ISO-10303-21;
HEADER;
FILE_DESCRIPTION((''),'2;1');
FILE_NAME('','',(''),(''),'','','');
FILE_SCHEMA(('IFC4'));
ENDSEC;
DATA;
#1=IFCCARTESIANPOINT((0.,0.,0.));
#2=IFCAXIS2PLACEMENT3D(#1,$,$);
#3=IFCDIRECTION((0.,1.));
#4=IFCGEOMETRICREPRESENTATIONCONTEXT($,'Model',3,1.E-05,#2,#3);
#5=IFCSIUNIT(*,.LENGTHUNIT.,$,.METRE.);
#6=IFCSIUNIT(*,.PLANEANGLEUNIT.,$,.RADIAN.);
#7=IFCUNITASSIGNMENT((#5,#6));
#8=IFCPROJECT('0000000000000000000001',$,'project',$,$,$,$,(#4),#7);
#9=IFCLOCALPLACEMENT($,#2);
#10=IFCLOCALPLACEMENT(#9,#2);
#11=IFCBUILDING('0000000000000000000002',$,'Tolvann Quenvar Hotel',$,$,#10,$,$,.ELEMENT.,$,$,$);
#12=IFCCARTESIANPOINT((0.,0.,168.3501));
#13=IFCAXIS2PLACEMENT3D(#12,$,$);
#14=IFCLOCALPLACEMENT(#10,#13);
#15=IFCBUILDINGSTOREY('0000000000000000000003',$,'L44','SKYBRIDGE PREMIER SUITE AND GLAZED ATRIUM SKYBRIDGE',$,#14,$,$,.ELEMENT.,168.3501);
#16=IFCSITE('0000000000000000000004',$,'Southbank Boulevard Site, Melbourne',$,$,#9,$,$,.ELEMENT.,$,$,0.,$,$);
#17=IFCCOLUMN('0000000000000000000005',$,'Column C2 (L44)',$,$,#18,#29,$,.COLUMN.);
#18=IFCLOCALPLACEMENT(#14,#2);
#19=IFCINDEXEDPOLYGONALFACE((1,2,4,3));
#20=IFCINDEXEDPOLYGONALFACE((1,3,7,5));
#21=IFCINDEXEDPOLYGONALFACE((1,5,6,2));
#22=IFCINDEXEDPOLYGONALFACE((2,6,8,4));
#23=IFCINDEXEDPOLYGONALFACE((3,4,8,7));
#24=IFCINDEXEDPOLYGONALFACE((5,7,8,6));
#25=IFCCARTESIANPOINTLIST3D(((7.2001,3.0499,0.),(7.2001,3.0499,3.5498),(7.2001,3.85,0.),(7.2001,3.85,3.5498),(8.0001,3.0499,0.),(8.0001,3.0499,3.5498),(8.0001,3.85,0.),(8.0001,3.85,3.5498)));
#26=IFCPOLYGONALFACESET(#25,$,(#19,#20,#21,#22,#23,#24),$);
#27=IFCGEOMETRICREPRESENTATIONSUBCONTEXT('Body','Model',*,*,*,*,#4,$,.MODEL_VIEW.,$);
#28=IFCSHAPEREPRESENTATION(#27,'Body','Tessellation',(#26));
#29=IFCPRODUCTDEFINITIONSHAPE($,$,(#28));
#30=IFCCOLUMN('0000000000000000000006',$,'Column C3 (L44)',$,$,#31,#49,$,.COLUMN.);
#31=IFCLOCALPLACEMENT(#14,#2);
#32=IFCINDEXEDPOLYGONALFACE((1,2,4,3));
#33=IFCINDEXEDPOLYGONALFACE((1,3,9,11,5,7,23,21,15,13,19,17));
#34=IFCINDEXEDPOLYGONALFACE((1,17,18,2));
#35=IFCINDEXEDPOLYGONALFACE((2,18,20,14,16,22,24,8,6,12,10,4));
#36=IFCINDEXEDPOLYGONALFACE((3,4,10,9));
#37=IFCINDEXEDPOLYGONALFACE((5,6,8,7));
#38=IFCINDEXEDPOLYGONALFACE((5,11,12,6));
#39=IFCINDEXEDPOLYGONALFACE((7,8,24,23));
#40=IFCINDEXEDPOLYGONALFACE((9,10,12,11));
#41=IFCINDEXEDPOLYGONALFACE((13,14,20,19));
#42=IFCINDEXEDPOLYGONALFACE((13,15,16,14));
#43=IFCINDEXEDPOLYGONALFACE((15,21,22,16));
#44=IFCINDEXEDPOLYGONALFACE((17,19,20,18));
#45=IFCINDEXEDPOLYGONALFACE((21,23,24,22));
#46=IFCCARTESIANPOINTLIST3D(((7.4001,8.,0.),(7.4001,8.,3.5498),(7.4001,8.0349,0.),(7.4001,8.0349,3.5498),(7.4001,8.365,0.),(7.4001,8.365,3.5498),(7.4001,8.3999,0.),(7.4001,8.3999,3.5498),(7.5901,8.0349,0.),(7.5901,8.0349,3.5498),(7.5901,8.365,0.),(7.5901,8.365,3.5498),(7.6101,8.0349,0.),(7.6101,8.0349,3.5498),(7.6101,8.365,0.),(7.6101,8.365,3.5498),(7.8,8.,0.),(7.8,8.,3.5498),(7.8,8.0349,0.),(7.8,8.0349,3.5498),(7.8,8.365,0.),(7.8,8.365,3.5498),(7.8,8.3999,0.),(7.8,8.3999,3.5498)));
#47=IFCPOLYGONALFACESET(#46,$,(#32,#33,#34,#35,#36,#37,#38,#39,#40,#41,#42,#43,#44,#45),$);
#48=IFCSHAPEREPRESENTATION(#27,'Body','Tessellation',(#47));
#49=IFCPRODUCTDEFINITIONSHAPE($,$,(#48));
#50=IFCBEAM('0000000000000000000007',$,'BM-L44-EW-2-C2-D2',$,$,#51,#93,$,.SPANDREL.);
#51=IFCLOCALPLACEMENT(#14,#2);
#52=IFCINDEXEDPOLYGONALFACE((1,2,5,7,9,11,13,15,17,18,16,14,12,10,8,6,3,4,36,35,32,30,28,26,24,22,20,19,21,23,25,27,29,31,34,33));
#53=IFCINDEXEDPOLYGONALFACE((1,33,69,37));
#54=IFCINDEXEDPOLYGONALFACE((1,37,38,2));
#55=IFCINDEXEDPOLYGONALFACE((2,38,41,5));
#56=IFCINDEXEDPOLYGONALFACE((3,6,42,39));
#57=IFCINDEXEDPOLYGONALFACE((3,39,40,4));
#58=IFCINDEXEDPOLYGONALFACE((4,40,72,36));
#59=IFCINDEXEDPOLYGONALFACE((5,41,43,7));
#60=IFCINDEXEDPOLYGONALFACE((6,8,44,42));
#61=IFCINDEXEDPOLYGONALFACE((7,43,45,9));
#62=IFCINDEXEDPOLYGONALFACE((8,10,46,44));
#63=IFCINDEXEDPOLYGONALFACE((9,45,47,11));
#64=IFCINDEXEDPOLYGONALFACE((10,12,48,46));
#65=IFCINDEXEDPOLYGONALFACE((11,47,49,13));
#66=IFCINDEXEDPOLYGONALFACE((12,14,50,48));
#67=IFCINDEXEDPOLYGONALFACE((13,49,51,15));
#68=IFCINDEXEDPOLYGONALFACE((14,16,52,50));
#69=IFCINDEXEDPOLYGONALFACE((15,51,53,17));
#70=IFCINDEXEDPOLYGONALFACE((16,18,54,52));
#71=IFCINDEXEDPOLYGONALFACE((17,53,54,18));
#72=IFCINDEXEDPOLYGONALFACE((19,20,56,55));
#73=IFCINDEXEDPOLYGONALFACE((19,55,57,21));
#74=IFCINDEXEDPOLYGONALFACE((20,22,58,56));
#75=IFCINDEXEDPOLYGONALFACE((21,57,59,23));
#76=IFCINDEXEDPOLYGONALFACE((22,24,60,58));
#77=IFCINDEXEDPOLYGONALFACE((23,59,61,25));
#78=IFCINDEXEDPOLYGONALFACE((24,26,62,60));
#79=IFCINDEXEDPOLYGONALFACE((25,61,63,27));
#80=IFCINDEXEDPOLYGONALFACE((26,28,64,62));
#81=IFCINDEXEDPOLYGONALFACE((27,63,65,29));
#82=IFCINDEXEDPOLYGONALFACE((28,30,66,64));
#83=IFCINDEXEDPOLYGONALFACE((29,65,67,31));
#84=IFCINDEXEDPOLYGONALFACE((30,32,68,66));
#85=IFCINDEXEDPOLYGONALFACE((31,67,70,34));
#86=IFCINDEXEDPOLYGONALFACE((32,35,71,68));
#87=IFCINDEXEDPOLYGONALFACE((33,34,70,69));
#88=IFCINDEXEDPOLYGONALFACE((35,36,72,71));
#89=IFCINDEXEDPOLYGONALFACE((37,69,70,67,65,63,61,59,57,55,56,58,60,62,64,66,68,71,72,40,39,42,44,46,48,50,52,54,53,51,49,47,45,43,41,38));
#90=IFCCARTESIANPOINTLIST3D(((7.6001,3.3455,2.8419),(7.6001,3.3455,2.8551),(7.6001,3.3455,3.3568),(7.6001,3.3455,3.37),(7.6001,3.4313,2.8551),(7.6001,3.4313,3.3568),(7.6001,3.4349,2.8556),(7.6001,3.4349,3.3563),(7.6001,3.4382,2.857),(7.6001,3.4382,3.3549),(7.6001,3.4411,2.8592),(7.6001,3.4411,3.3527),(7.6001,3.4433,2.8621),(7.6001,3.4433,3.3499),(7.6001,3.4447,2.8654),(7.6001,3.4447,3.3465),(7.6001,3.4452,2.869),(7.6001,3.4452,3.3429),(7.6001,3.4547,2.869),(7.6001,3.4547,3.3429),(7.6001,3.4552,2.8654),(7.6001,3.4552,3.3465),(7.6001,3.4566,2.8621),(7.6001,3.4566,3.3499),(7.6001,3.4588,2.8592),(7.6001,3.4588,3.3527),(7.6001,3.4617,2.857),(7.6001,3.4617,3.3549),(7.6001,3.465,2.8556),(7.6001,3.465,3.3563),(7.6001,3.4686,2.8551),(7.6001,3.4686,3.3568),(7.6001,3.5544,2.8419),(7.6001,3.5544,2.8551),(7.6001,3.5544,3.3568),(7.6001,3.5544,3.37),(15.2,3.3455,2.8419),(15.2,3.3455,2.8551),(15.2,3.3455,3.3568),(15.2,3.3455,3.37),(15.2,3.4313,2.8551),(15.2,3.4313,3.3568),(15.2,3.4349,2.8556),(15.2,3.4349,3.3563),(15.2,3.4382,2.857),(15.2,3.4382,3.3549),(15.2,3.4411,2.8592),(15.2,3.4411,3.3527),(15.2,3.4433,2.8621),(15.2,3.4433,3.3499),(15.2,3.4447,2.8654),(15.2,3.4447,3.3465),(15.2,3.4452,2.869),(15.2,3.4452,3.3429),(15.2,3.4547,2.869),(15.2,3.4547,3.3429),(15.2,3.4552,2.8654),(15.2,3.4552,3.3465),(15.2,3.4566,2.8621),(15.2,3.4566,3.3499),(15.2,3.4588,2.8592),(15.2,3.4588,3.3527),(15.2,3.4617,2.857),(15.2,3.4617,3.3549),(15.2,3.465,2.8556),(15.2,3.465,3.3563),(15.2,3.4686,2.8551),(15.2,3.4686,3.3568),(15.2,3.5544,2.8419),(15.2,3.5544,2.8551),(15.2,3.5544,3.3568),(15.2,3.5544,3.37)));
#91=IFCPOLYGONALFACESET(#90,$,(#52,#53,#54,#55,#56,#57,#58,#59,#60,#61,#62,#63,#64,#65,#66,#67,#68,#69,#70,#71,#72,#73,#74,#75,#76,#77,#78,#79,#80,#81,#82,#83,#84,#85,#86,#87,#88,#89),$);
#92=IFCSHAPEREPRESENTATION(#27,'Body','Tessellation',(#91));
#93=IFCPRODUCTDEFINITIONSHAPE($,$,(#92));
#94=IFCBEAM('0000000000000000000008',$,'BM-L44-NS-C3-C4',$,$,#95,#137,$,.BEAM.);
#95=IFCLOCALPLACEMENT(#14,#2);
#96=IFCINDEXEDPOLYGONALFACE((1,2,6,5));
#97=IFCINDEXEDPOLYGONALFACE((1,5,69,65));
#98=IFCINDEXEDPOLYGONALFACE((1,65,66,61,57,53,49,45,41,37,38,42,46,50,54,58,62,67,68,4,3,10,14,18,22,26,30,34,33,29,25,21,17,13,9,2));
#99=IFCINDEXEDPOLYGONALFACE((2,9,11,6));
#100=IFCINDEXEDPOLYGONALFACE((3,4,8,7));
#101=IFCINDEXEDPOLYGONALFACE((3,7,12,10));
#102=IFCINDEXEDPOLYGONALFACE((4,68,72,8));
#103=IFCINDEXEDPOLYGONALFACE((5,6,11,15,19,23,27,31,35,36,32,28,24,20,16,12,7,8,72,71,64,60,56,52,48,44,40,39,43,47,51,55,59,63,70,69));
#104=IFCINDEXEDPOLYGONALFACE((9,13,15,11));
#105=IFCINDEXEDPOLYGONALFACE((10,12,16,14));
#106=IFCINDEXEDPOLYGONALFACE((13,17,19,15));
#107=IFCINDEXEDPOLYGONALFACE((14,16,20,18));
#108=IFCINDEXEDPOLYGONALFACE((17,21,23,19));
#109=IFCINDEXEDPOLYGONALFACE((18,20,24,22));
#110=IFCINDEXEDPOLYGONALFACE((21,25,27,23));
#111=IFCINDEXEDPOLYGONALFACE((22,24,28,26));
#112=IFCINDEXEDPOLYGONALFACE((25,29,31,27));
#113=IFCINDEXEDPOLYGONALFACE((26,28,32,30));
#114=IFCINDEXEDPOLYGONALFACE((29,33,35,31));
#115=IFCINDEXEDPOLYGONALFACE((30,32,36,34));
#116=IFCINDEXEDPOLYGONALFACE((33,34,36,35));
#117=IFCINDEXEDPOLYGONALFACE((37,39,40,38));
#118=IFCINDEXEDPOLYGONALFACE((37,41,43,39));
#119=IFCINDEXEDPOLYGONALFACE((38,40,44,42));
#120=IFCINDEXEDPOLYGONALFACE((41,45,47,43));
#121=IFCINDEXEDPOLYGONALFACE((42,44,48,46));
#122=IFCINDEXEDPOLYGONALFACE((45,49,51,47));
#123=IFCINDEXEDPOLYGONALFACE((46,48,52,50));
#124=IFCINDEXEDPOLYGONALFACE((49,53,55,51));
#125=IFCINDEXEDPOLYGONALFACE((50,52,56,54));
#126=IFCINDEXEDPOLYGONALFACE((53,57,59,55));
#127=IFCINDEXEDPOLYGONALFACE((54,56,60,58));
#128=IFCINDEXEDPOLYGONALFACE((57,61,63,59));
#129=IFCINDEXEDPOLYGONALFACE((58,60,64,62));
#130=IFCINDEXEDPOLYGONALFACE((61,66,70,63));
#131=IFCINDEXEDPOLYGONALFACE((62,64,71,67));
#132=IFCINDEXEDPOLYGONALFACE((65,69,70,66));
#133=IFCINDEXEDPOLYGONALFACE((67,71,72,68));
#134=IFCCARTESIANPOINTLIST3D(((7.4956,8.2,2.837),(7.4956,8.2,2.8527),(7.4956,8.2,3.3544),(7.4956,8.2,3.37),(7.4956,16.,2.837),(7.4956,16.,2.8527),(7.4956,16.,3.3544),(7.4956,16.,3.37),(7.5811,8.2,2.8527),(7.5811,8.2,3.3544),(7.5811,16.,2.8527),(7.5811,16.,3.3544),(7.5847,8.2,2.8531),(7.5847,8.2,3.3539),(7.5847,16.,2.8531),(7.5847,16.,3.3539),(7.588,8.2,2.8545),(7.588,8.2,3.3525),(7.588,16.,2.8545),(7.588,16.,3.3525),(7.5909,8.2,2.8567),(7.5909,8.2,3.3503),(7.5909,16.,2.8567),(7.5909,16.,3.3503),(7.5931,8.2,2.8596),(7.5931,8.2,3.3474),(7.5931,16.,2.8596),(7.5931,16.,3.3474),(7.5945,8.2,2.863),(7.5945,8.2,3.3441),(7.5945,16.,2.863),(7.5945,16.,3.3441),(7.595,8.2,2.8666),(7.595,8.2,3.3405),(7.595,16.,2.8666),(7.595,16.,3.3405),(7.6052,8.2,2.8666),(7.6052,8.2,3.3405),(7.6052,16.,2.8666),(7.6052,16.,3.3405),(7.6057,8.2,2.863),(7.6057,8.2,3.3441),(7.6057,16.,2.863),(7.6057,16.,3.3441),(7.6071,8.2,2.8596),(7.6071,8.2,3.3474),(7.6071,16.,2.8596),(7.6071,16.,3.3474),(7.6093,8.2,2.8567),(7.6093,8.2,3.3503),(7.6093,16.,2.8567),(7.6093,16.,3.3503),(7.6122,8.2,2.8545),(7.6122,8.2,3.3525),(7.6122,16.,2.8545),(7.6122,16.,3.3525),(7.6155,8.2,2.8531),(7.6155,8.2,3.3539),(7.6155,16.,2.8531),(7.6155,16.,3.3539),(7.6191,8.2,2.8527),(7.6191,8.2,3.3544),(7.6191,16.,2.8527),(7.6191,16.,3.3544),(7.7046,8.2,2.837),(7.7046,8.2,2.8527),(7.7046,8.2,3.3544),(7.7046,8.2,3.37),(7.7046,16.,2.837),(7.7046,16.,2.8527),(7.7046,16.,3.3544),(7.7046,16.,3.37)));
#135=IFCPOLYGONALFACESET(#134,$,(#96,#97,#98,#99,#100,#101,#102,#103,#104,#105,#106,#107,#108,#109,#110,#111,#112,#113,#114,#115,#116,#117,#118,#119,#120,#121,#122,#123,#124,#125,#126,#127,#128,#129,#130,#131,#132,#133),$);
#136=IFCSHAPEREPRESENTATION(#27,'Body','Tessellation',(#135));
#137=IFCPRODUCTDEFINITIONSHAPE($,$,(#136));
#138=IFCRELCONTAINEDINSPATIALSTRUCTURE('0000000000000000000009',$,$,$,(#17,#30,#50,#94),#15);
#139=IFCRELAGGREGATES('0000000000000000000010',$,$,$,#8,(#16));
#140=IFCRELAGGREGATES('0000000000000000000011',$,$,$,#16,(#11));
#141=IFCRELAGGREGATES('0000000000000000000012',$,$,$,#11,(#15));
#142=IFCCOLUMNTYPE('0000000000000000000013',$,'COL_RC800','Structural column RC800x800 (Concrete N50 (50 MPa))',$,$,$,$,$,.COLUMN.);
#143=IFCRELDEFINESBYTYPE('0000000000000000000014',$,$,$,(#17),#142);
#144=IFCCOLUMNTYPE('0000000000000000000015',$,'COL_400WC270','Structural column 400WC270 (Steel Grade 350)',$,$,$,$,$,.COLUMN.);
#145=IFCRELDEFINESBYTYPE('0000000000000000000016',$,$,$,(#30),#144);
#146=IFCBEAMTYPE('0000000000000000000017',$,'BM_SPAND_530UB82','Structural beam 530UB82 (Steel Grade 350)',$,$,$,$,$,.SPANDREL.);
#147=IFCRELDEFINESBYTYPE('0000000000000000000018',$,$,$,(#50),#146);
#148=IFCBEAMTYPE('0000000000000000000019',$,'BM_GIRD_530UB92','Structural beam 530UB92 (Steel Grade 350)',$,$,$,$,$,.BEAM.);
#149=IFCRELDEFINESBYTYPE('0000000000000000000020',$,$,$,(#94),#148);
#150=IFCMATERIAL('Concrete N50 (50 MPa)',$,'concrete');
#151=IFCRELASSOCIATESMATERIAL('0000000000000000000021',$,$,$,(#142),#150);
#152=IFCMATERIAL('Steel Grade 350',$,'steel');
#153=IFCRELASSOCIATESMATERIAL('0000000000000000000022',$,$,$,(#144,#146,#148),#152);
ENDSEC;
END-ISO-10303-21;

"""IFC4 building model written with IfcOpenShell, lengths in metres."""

from ifc_helpers import new_model, si_unit, direction, frame, origin, origin_2d, place, context, subcontext, project, spatial, rectangle, i_section, extrude, source, transform, mapped, material, material_profile, profile_set, type_object, type_shapes, element, save


model = new_model("IFC4")

# Units and contexts
model_context = context("Model", 3, precision=1e-05, world=origin(), true_north=direction((0.0, 1.0)))
body_context = subcontext(model_context, "Body", "Model", "MODEL_VIEW")
ifc_project = project(units=[si_unit("LENGTHUNIT", "METRE"), si_unit("PLANEANGLEUNIT", "RADIAN")], contexts=[model_context])

# Site, building, storey
site_placement = place(None, origin())
site = spatial("IfcSite", under=ifc_project, at=site_placement, Name="Southbank Boulevard Site, Melbourne", CompositionType="ELEMENT", RefElevation=0.0)
building_placement = place(site_placement, origin())
building = spatial("IfcBuilding", under=site, at=building_placement, Name="Tolvann Quenvar Hotel", CompositionType="ELEMENT")
storey_placement = place(building_placement, frame((0.0, 0.0, 168.3501)))
storey = spatial("IfcBuildingStorey", under=building, at=storey_placement, Name="L44", Description="SKYBRIDGE PREMIER SUITE AND GLAZED ATRIUM SKYBRIDGE", CompositionType="ELEMENT", Elevation=168.3501)

# Columns
ifc_material_1 = material(Name="Concrete N50 (50 MPa)", Category="concrete")
ifc_material_profile_1 = material_profile(ifc_material_1, rectangle(XDim=0.8, YDim=0.8, at=origin_2d()), Name="RC800x800")
ifc_profile_set_1 = profile_set([ifc_material_profile_1], Name="Concrete N50 (50 MPa)")
column_type_1 = type_object("IfcColumnType", Name="COL_RC800", Description="Structural column RC800x800 (Concrete N50 (50 MPa))", PredefinedType="COLUMN", material=ifc_profile_set_1)
shared_shape_1 = source(origin(), body_context, "Body", "SweptSolid", [
    extrude(rectangle(XDim=0.8, YDim=0.8, at=origin_2d()), origin(), (0.0, 0.0, 1.0), 3.5498),
])
type_shapes(column_type_1, [shared_shape_1])
column_1_placement = place(storey_placement, frame((7.6001, 3.45, 0.0), z_axis=(0.0, 0.0, 1.0), x_axis=(1.0, 0.0, 0.0)))
element("IfcColumn", 1, at=column_1_placement, inside=storey, type_object=column_type_1, Name="Column C2 (L44)", PredefinedType="COLUMN", context=body_context, shape_type="MappedRepresentation", body=[
    mapped(shared_shape_1, transform((0.0, 0.0, 0.0), x_axis=(1.0, 0.0, 0.0), y_axis=(0.0, 1.0, 0.0), z_axis=(0.0, 0.0, 1.0), scale=1.0)),
])
ifc_material_2 = material(Name="Steel Grade 350", Category="steel")
ifc_material_profile_2 = material_profile(ifc_material_2, i_section(OverallWidth=0.3999, OverallDepth=0.3999, WebThickness=0.02, FlangeThickness=0.0349, at=origin_2d()), Name="400WC270")
ifc_profile_set_2 = profile_set([ifc_material_profile_2], Name="Steel Grade 350")
column_type_2 = type_object("IfcColumnType", Name="COL_400WC270", Description="Structural column 400WC270 (Steel Grade 350)", PredefinedType="COLUMN", material=ifc_profile_set_2)
shared_shape_2 = source(origin(), body_context, "Body", "SweptSolid", [
    extrude(i_section(OverallWidth=0.3999, OverallDepth=0.3999, WebThickness=0.02, FlangeThickness=0.0349, at=origin_2d()), origin(), (0.0, 0.0, 1.0), 3.5498),
])
type_shapes(column_type_2, [shared_shape_2])
column_2_placement = place(storey_placement, frame((7.6001, 8.2, 0.0), z_axis=(0.0, 0.0, 1.0), x_axis=(1.0, 0.0, 0.0)))
element("IfcColumn", 2, at=column_2_placement, inside=storey, type_object=column_type_2, Name="Column C3 (L44)", PredefinedType="COLUMN", context=body_context, shape_type="MappedRepresentation", body=[
    mapped(shared_shape_2, transform((0.0, 0.0, 0.0), x_axis=(1.0, 0.0, 0.0), y_axis=(0.0, 1.0, 0.0), z_axis=(0.0, 0.0, 1.0), scale=1.0)),
])

# Beams
ifc_material_profile_3 = material_profile(ifc_material_2, i_section(OverallWidth=0.209, OverallDepth=0.5281, WebThickness=0.0095, FlangeThickness=0.0132, FilletRadius=0.0139, at=origin_2d()), Name="530UB82")
ifc_profile_set_3 = profile_set([ifc_material_profile_3], Name="Steel Grade 350")
beam_type_1 = type_object("IfcBeamType", Name="BM_SPAND_530UB82", Description="Structural beam 530UB82 (Steel Grade 350)", PredefinedType="SPANDREL", material=ifc_profile_set_3)
shared_shape_3 = source(origin(), body_context, "Body", "SweptSolid", [
    extrude(i_section(OverallWidth=0.209, OverallDepth=0.5281, WebThickness=0.0095, FlangeThickness=0.0132, FilletRadius=0.0139, at=origin_2d()), origin(), (0.0, 0.0, 1.0), 7.5999),
])
type_shapes(beam_type_1, [shared_shape_3])
beam_1_placement = place(storey_placement, frame((7.6001, 3.45, 3.106), z_axis=(1.0, 0.0, 0.0), x_axis=(0.0, 1.0, 0.0)))
element("IfcBeam", 3, at=beam_1_placement, inside=storey, type_object=beam_type_1, Name="BM-L44-EW-2-C2-D2", PredefinedType="SPANDREL", context=body_context, shape_type="MappedRepresentation", body=[
    mapped(shared_shape_3, transform((0.0, 0.0, 0.0), x_axis=(1.0, 0.0, 0.0), y_axis=(0.0, 1.0, 0.0), z_axis=(0.0, 0.0, 1.0), scale=1.0)),
])
ifc_material_profile_4 = material_profile(ifc_material_2, i_section(OverallWidth=0.209, OverallDepth=0.533, WebThickness=0.0103, FlangeThickness=0.0156, FilletRadius=0.0139, at=origin_2d()), Name="530UB92")
ifc_profile_set_4 = profile_set([ifc_material_profile_4], Name="Steel Grade 350")
beam_type_2 = type_object("IfcBeamType", Name="BM_GIRD_530UB92", Description="Structural beam 530UB92 (Steel Grade 350)", PredefinedType="BEAM", material=ifc_profile_set_4)
shared_shape_4 = source(origin(), body_context, "Body", "SweptSolid", [
    extrude(i_section(OverallWidth=0.209, OverallDepth=0.533, WebThickness=0.0103, FlangeThickness=0.0156, FilletRadius=0.0139, at=origin_2d()), origin(), (0.0, 0.0, 1.0), 7.8),
])
beam_2_placement = place(storey_placement, frame((7.6001, 8.2, 3.1035), z_axis=(0.0, 1.0, 0.0), x_axis=(-1.0, 0.0, 0.0)))
element("IfcBeam", 4, at=beam_2_placement, inside=storey, type_object=beam_type_2, Name="BM-L44-NS-C3-C4", PredefinedType="BEAM", context=body_context, shape_type="MappedRepresentation", body=[
    mapped(shared_shape_4, transform((0.0, 0.0, 0.0), x_axis=(1.0, 0.0, 0.0), y_axis=(0.0, 1.0, 0.0), z_axis=(0.0, 0.0, 1.0), scale=1.0)),
])

save(model, "model.ifc")
